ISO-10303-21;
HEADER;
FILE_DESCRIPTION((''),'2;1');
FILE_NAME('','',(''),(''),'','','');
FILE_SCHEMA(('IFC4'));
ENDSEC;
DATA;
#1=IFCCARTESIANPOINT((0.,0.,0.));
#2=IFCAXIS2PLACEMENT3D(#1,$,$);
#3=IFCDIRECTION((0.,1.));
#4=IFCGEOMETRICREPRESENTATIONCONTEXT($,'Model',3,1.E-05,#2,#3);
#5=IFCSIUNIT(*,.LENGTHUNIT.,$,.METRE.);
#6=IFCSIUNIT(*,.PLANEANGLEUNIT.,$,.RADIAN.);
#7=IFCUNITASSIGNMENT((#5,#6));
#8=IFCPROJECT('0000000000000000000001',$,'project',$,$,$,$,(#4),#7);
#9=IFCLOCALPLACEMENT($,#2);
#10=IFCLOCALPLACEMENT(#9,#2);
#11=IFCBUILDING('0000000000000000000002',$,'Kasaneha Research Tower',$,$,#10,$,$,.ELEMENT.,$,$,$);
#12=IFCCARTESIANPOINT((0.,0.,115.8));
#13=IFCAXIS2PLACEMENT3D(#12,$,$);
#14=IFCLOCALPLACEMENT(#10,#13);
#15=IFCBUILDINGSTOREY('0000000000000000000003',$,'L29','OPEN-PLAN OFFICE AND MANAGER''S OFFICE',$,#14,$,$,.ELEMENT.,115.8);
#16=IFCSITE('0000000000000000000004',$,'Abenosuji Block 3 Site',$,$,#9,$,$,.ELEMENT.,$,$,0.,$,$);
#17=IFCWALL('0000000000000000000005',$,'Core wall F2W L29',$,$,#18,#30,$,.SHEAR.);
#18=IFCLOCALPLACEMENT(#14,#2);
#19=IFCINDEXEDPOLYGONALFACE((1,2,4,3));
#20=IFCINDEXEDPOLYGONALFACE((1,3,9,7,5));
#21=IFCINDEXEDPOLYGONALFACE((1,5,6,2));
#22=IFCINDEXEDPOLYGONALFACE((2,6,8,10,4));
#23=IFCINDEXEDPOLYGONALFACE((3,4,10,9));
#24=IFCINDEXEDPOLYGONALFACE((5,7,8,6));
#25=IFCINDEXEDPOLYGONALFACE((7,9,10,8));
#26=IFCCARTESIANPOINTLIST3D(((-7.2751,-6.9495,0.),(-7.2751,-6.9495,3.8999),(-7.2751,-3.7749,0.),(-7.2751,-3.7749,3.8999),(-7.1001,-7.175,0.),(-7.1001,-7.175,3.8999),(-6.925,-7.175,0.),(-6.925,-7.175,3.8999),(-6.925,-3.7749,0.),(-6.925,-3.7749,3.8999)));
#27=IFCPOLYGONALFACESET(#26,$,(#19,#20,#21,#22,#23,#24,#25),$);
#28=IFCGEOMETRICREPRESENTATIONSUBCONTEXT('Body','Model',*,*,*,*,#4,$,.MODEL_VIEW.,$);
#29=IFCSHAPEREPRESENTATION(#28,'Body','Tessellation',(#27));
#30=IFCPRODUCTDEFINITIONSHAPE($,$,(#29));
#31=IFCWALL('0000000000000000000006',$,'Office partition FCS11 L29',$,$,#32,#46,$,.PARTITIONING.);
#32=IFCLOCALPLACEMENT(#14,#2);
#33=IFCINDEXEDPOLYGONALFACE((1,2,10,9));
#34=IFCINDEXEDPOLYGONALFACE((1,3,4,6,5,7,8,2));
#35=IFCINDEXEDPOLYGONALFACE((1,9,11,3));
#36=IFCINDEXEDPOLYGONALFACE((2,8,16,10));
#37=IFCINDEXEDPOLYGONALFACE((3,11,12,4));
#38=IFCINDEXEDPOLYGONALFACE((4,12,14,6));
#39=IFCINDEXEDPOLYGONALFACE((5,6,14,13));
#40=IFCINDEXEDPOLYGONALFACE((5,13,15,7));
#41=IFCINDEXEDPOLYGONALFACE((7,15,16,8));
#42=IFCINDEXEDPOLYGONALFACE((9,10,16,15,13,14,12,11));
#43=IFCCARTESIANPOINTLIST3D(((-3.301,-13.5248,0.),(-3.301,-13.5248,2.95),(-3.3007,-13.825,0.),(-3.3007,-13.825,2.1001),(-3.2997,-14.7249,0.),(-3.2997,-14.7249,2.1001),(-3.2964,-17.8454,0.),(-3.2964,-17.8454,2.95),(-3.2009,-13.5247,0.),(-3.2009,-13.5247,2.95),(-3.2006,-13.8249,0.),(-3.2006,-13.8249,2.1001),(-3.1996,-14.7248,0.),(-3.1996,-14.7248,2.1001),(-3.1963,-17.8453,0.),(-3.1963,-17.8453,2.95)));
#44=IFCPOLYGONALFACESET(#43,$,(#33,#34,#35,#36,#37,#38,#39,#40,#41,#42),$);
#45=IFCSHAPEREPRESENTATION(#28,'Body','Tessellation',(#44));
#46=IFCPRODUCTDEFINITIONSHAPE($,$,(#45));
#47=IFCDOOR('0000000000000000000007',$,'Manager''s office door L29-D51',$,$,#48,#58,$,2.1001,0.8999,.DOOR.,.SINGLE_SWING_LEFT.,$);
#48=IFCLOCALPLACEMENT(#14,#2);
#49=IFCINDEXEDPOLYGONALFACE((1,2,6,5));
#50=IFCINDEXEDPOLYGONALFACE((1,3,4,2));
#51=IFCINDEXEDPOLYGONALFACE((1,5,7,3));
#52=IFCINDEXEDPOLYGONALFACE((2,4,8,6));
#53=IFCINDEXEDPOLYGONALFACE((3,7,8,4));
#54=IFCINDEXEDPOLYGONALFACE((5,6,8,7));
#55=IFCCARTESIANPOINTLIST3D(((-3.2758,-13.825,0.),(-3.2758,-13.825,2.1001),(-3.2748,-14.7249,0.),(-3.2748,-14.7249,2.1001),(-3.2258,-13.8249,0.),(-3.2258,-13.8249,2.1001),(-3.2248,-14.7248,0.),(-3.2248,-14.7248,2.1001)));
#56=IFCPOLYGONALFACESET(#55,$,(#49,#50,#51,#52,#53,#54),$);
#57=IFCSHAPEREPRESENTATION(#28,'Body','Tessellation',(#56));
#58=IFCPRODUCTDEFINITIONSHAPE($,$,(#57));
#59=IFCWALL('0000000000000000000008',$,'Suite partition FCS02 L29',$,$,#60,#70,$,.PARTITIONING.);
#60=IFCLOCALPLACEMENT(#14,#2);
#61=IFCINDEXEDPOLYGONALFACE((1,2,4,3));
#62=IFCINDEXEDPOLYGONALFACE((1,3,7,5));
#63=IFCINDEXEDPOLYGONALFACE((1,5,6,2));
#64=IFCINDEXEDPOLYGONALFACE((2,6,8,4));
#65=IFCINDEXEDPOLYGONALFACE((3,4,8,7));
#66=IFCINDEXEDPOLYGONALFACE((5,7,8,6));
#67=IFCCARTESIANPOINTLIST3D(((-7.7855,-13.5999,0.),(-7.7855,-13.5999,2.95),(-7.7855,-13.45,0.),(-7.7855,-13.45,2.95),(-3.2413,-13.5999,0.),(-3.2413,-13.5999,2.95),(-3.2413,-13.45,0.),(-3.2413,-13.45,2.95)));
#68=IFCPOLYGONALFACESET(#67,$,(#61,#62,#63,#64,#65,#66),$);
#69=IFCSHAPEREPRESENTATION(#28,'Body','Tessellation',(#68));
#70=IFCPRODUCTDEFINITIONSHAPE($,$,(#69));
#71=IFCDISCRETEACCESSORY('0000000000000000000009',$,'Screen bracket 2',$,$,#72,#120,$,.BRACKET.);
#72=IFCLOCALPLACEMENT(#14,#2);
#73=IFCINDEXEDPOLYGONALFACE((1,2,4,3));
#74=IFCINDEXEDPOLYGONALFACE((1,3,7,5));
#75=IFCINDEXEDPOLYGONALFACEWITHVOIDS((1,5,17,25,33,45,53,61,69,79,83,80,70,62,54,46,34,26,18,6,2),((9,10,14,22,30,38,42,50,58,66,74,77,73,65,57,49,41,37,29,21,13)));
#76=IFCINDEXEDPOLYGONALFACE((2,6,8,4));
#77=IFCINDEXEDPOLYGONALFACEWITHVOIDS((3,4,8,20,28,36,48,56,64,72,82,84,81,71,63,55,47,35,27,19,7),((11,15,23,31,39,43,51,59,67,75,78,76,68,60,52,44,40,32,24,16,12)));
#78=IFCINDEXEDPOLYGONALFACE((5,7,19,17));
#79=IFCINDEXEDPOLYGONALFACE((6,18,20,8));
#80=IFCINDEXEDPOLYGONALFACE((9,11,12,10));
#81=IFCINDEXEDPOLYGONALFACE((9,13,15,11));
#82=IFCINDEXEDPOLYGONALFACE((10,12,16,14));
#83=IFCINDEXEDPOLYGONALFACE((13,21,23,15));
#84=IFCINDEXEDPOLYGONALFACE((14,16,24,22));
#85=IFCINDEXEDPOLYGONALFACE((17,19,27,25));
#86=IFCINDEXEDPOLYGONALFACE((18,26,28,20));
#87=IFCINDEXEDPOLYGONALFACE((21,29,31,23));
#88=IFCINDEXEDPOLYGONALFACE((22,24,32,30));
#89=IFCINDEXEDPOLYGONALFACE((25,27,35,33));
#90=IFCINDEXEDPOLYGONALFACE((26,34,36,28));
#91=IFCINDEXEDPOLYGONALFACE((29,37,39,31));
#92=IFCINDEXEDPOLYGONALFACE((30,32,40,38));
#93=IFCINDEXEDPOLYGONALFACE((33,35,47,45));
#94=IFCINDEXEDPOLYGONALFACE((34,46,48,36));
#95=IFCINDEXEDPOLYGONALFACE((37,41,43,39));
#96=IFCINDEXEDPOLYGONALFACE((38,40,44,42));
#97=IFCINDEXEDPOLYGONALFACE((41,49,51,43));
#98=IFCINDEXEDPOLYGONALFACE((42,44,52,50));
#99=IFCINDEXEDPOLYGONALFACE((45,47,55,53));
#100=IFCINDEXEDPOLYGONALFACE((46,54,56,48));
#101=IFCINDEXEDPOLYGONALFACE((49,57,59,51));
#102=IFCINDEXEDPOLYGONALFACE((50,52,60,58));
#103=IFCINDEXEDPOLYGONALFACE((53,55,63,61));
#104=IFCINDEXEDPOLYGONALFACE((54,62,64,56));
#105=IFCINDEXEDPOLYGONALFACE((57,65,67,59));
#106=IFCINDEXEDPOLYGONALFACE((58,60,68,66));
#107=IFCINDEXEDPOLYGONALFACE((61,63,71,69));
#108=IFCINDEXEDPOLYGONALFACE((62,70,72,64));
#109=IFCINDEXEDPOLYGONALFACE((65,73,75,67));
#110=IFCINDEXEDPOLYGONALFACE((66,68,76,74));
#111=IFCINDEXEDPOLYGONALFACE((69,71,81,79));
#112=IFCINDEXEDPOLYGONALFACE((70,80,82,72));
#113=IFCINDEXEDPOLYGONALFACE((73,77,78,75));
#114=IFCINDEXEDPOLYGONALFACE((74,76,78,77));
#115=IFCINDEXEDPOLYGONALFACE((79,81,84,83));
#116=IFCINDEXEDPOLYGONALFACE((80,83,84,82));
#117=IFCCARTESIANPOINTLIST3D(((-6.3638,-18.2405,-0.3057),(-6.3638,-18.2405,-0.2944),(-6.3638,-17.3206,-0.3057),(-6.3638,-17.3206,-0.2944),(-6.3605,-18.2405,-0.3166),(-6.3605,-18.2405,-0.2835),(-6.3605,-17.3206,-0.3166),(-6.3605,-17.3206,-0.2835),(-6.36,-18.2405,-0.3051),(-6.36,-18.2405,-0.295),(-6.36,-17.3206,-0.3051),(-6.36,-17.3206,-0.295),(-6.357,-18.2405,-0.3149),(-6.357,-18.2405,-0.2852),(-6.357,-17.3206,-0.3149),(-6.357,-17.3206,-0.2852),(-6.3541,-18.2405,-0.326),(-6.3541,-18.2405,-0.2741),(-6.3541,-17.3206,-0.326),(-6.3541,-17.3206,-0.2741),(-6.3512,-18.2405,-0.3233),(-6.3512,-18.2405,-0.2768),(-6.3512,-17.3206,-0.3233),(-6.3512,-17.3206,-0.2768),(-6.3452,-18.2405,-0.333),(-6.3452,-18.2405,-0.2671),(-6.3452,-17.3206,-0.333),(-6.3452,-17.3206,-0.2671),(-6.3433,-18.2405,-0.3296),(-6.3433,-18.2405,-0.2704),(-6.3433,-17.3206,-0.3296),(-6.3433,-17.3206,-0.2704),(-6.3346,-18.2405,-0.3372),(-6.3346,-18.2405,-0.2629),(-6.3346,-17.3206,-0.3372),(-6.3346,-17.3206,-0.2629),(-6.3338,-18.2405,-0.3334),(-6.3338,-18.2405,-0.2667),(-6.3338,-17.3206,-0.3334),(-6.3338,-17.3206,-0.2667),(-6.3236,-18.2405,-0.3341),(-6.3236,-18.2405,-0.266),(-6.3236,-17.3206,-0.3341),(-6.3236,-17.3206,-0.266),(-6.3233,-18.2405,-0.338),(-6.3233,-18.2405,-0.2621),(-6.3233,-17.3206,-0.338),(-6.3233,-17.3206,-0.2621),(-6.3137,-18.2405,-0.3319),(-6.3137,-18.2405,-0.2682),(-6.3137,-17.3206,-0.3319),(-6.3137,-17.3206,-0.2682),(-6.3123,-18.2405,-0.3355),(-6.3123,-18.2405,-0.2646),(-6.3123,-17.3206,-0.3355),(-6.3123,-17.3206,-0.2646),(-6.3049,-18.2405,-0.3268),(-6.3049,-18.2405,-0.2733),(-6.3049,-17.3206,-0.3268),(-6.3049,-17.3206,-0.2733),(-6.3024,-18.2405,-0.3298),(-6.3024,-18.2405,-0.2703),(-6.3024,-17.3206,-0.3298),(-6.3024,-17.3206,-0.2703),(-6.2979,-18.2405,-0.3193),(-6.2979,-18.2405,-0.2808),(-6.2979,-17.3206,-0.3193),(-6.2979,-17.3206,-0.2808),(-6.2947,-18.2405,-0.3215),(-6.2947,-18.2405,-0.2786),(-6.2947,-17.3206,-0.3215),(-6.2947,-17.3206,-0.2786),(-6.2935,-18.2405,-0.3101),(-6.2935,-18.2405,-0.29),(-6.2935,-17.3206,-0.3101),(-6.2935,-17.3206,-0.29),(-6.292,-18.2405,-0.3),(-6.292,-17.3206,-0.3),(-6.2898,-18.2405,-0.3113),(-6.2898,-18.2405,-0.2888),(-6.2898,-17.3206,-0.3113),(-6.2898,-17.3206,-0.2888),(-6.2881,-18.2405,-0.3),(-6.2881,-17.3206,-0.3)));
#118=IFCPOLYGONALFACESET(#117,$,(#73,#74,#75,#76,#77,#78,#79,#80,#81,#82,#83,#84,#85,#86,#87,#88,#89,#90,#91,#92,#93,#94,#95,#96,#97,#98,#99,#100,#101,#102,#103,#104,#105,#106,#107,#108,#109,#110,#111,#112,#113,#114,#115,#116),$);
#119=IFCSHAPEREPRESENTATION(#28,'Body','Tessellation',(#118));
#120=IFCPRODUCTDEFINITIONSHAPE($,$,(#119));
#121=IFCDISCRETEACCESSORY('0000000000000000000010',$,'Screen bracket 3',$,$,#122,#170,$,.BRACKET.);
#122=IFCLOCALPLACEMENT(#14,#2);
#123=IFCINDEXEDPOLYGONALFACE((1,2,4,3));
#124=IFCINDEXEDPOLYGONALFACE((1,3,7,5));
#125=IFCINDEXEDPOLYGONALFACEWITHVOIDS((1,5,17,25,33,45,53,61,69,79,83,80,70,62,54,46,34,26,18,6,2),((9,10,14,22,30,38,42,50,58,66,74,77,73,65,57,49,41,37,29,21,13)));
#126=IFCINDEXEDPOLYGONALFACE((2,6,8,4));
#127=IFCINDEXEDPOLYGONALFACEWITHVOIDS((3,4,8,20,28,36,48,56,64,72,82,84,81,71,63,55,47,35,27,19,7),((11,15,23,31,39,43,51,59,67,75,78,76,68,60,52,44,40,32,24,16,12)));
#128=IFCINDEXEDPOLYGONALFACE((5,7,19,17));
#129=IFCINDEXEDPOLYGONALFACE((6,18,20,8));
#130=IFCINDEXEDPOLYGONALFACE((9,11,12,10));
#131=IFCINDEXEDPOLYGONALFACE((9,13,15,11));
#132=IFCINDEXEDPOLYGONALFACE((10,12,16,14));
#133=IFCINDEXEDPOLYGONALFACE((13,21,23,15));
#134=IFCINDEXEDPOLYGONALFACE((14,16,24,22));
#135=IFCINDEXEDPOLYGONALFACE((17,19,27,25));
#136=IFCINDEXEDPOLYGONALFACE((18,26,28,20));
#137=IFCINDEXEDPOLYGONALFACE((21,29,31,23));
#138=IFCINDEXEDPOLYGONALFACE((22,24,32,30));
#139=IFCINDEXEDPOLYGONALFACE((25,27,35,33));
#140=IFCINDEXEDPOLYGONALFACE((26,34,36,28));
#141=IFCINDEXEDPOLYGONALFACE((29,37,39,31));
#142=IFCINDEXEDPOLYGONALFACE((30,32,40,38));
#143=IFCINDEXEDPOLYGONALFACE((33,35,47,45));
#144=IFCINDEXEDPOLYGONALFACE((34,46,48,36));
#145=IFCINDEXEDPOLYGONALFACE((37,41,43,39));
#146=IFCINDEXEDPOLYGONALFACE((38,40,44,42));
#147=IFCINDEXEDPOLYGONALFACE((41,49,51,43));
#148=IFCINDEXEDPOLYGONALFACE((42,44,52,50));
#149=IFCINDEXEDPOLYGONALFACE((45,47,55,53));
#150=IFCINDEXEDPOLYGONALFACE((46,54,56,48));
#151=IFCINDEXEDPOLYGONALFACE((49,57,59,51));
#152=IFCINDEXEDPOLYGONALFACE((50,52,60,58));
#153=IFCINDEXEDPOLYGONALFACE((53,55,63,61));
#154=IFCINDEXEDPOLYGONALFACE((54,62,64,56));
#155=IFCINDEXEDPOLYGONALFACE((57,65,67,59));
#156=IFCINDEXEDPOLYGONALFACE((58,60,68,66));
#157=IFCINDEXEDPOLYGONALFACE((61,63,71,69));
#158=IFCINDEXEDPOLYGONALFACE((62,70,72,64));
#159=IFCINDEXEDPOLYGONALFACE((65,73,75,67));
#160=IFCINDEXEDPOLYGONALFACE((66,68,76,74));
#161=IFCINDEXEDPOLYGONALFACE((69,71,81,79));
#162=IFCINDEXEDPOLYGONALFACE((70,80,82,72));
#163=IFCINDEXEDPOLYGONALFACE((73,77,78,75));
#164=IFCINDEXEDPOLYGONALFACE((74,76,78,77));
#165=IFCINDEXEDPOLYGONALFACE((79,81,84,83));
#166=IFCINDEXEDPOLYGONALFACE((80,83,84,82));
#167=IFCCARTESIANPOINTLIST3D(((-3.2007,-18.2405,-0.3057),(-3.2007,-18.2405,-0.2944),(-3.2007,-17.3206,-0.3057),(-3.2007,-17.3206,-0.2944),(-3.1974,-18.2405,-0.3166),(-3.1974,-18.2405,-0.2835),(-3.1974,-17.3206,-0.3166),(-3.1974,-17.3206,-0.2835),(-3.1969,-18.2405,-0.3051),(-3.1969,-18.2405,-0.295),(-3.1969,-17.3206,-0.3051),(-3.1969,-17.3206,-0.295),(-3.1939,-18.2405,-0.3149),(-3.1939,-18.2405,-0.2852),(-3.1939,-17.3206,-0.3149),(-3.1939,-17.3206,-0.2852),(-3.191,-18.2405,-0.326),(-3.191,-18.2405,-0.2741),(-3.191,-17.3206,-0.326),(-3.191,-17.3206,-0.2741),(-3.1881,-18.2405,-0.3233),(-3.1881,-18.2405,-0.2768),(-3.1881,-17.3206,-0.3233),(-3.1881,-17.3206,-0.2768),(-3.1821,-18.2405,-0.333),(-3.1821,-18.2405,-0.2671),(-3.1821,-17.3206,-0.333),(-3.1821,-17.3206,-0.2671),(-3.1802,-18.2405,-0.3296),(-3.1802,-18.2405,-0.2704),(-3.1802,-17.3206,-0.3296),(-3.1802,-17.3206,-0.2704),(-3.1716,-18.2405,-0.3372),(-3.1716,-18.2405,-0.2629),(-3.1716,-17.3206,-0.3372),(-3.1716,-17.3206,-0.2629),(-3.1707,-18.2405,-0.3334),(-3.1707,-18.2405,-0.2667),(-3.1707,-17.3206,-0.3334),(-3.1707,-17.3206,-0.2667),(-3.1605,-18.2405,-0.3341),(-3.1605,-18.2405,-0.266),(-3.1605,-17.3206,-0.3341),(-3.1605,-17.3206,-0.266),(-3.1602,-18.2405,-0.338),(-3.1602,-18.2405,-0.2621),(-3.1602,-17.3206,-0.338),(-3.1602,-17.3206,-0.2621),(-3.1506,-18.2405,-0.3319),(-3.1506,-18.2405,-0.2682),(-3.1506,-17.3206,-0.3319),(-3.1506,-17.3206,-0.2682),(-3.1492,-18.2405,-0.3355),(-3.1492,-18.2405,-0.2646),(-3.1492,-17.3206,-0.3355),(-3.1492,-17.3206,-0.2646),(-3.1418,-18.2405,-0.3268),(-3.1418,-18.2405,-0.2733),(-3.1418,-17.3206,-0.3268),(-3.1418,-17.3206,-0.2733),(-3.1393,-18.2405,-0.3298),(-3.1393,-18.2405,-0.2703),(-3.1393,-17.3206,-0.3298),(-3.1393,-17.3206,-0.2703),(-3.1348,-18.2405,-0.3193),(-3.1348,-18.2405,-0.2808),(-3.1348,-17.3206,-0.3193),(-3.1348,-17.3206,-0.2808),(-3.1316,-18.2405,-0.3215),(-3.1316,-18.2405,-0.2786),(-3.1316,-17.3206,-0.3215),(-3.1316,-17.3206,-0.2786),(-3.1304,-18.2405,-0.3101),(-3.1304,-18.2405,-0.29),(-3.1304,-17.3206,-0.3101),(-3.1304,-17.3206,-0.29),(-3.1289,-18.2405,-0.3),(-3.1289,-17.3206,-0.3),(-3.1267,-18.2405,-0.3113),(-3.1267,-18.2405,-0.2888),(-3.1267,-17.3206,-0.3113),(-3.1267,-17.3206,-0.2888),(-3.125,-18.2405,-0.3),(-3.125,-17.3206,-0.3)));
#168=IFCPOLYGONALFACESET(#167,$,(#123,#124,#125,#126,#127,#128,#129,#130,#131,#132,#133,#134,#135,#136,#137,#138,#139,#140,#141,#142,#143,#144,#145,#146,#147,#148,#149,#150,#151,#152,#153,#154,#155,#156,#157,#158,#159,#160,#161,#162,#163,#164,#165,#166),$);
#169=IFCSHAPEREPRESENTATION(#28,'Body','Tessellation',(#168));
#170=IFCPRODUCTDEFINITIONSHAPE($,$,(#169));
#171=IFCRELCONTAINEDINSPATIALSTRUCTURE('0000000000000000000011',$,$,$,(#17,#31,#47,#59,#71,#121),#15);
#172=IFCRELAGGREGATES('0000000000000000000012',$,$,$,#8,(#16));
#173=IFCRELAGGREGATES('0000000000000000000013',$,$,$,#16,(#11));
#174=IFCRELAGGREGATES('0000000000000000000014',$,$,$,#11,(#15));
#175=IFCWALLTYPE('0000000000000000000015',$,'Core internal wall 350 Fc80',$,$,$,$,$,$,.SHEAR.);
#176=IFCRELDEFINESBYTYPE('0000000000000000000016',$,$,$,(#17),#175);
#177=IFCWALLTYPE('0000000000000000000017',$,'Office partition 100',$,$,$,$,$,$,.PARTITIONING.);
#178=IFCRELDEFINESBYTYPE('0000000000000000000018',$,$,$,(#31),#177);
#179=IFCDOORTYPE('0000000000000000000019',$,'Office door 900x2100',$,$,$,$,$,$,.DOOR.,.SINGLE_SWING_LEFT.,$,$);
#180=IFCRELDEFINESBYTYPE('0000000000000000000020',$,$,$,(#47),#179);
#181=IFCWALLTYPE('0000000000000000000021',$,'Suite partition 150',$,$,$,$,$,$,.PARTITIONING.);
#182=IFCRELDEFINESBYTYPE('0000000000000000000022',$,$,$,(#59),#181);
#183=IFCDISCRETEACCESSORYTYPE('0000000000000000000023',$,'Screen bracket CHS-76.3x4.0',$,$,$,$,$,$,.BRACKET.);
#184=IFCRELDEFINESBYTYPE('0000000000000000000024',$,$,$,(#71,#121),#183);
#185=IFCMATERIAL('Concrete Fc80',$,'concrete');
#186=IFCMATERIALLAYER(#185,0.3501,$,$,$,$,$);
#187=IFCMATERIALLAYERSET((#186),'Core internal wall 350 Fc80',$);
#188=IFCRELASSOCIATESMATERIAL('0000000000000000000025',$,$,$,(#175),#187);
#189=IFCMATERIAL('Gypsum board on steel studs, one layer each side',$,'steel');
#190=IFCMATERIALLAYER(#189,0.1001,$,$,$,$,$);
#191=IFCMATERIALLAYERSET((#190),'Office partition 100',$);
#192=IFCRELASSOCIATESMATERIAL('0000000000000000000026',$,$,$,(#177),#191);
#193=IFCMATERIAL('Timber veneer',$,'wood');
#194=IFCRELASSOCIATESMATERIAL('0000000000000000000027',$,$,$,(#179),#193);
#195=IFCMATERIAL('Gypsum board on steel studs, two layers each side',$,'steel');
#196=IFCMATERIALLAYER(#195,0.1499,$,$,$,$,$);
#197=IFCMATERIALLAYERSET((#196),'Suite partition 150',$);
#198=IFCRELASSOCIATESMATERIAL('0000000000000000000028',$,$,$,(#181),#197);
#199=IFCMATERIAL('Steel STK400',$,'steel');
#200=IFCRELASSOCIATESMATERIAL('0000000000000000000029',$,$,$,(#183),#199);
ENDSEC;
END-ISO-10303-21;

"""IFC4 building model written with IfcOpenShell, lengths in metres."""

from ifc_helpers import new_model, si_unit, direction, frame, frame_2d, origin, origin_2d, place, context, subcontext, project, spatial, polyline, rectangle, hollow_circle, outline, extrude, material, layer, layer_set, material_profile, profile_set, type_object, element, fill, save


model = new_model("IFC4")

# Units and contexts
model_context = context("Model", 3, precision=1e-05, world=origin(), true_north=direction((0.0, 1.0)))
body_context = subcontext(model_context, "Body", "Model", "MODEL_VIEW")
ifc_project = project(units=[si_unit("LENGTHUNIT", "METRE"), si_unit("PLANEANGLEUNIT", "RADIAN")], contexts=[model_context])

# Site, building, storey
site_placement = place(None, origin())
site = spatial("IfcSite", under=ifc_project, at=site_placement, Name="Abenosuji Block 3 Site", CompositionType="ELEMENT", RefElevation=0.0)
building_placement = place(site_placement, origin())
building = spatial("IfcBuilding", under=site, at=building_placement, Name="Kasaneha Research Tower", CompositionType="ELEMENT")
storey_placement = place(building_placement, frame((0.0, 0.0, 115.8)))
storey = spatial("IfcBuildingStorey", under=building, at=storey_placement, Name="L29", Description="OPEN-PLAN OFFICE AND MANAGER'S OFFICE", CompositionType="ELEMENT", Elevation=115.8)

# Shared definitions
ifc_material_1 = material(Name="Concrete Fc80", Category="concrete")
ifc_layer_1 = layer(ifc_material_1, 0.3501)
ifc_layer_set_1 = layer_set([ifc_layer_1], Name="Core internal wall 350 Fc80")
wall_type_1 = type_object("IfcWallType", Name="Core internal wall 350 Fc80", PredefinedType="SHEAR", material=ifc_layer_set_1)

# Wall
wall_1_placement = place(storey_placement, frame((-7.1001, -3.7749, 0.0), z_axis=(0.0, 0.0, 1.0), x_axis=(0.0, -1.0, 0.0)))
element("IfcWall", 1, at=wall_1_placement, inside=storey, type_object=wall_type_1, Name="Core wall F2W L29", PredefinedType="SHEAR", context=body_context, shape_type="SweptSolid", body=[
    extrude(outline(polyline([(0.0, -0.175), (3.1746, -0.175), (3.4001, 0.0), (3.4001, 0.175), (0.0, 0.175), (0.0, -0.175)])), origin(), (0.0, 0.0, 1.0), 3.8999),
])

# Wall, opening, door
ifc_material_2 = material(Name="Gypsum board on steel studs, one layer each side", Category="steel")
ifc_layer_2 = layer(ifc_material_2, 0.1001)
ifc_layer_set_2 = layer_set([ifc_layer_2], Name="Office partition 100")
wall_type_2 = type_object("IfcWallType", Name="Office partition 100", PredefinedType="PARTITIONING", material=ifc_layer_set_2)
wall_2_placement = place(storey_placement, frame((-3.251, -13.5249, 0.0), z_axis=(0.0, 0.0, 1.0), x_axis=(0.001074, -0.999999, 0.0)))
wall_2 = element("IfcWall", 2, at=wall_2_placement, inside=storey, type_object=wall_type_2, Name="Office partition FCS11 L29", PredefinedType="PARTITIONING", context=body_context, shape_type="SweptSolid", body=[
    extrude(rectangle(XDim=4.3206, YDim=0.1001, at=frame_2d((2.1602, 0.0))), origin(), (0.0, 0.0, 1.0), 2.95),
])
opening_1_placement = place(wall_2_placement, frame((0.3, 0.0, 0.0)))
opening_1 = element("IfcOpeningElement", 3, at=opening_1_placement, cuts=wall_2, PredefinedType="OPENING", context=body_context, shape_type="SweptSolid", body=[
    extrude(rectangle(XDim=0.8999, YDim=2.1001, at=frame_2d((0.45, 1.05))), frame((0.0, 0.0601, 0.0), z_axis=(0.0, -1.0, 0.0), x_axis=(1.0, 0.0, 0.0)), (0.0, 0.0, 1.0), 0.1201),
])
ifc_material_3 = material(Name="Timber veneer", Category="wood")
door_type_1 = type_object("IfcDoorType", Name="Office door 900x2100", OperationType="SINGLE_SWING_LEFT", PredefinedType="DOOR", material=ifc_material_3)
door_1_placement = place(opening_1_placement, origin())
door_1 = element("IfcDoor", 4, at=door_1_placement, inside=storey, type_object=door_type_1, Name="Manager's office door L29-D51", OperationType="SINGLE_SWING_LEFT", OverallHeight=2.1001, OverallWidth=0.8999, PredefinedType="DOOR", context=body_context, shape_type="SweptSolid", body=[
    extrude(rectangle(XDim=0.8999, YDim=2.1001, at=frame_2d((0.45, 1.05))), frame((0.0, 0.0249, 0.0), z_axis=(0.0, -1.0, 0.0), x_axis=(1.0, 0.0, 0.0)), (0.0, 0.0, 1.0), 0.05),
])
fill(opening_1, door_1)

# Wall
ifc_material_4 = material(Name="Gypsum board on steel studs, two layers each side", Category="steel")
ifc_layer_3 = layer(ifc_material_4, 0.1499)
ifc_layer_set_3 = layer_set([ifc_layer_3], Name="Suite partition 150")
wall_type_3 = type_object("IfcWallType", Name="Suite partition 150", PredefinedType="PARTITIONING", material=ifc_layer_set_3)
wall_3_placement = place(storey_placement, frame((-3.2415, -13.5249, 0.0), z_axis=(0.0, 0.0, 1.0), x_axis=(-1.0, 0.0, 0.0)))
element("IfcWall", 5, at=wall_3_placement, inside=storey, type_object=wall_type_3, Name="Suite partition FCS02 L29", PredefinedType="PARTITIONING", context=body_context, shape_type="SweptSolid", body=[
    extrude(rectangle(XDim=4.5442, YDim=0.1499, at=frame_2d((2.272, 0.0))), origin(), (0.0, 0.0, 1.0), 2.95),
])

# Discrete accessories
ifc_material_5 = material(Name="Steel STK400", Category="steel")
ifc_material_profile_1 = material_profile(ifc_material_5, hollow_circle(Radius=0.0381, WallThickness=0.0039, at=origin_2d()), Name="CHS-76.3x4.0")
ifc_profile_set_1 = profile_set([ifc_material_profile_1], Name="Steel STK400")
discrete_accessory_type = type_object("IfcDiscreteAccessoryType", Name="Screen bracket CHS-76.3x4.0", PredefinedType="BRACKET", material=ifc_profile_set_1)
for number, where, z_axis, x_axis, name in (
    (6, (-6.3262, -17.3206, -0.3), (0.0, -1.0, 0.0), (1.0, 0.0, 0.0), "Screen bracket 2"),
    (7, (-3.1631, -17.3206, -0.3), (0.0, -1.0, 0.0), (1.0, 0.0, 0.0), "Screen bracket 3"),
):
    element("IfcDiscreteAccessory", number, at=place(storey_placement, frame(where, z_axis=z_axis, x_axis=x_axis)), inside=storey, type_object=discrete_accessory_type, Name=name, PredefinedType="BRACKET", context=body_context, shape_type="SweptSolid", body=[
        extrude(hollow_circle(Radius=0.0381, WallThickness=0.0039, at=origin_2d()), origin(), (0.0, 0.0, 1.0), 0.9199),
    ])

save(model, "model.ifc")
